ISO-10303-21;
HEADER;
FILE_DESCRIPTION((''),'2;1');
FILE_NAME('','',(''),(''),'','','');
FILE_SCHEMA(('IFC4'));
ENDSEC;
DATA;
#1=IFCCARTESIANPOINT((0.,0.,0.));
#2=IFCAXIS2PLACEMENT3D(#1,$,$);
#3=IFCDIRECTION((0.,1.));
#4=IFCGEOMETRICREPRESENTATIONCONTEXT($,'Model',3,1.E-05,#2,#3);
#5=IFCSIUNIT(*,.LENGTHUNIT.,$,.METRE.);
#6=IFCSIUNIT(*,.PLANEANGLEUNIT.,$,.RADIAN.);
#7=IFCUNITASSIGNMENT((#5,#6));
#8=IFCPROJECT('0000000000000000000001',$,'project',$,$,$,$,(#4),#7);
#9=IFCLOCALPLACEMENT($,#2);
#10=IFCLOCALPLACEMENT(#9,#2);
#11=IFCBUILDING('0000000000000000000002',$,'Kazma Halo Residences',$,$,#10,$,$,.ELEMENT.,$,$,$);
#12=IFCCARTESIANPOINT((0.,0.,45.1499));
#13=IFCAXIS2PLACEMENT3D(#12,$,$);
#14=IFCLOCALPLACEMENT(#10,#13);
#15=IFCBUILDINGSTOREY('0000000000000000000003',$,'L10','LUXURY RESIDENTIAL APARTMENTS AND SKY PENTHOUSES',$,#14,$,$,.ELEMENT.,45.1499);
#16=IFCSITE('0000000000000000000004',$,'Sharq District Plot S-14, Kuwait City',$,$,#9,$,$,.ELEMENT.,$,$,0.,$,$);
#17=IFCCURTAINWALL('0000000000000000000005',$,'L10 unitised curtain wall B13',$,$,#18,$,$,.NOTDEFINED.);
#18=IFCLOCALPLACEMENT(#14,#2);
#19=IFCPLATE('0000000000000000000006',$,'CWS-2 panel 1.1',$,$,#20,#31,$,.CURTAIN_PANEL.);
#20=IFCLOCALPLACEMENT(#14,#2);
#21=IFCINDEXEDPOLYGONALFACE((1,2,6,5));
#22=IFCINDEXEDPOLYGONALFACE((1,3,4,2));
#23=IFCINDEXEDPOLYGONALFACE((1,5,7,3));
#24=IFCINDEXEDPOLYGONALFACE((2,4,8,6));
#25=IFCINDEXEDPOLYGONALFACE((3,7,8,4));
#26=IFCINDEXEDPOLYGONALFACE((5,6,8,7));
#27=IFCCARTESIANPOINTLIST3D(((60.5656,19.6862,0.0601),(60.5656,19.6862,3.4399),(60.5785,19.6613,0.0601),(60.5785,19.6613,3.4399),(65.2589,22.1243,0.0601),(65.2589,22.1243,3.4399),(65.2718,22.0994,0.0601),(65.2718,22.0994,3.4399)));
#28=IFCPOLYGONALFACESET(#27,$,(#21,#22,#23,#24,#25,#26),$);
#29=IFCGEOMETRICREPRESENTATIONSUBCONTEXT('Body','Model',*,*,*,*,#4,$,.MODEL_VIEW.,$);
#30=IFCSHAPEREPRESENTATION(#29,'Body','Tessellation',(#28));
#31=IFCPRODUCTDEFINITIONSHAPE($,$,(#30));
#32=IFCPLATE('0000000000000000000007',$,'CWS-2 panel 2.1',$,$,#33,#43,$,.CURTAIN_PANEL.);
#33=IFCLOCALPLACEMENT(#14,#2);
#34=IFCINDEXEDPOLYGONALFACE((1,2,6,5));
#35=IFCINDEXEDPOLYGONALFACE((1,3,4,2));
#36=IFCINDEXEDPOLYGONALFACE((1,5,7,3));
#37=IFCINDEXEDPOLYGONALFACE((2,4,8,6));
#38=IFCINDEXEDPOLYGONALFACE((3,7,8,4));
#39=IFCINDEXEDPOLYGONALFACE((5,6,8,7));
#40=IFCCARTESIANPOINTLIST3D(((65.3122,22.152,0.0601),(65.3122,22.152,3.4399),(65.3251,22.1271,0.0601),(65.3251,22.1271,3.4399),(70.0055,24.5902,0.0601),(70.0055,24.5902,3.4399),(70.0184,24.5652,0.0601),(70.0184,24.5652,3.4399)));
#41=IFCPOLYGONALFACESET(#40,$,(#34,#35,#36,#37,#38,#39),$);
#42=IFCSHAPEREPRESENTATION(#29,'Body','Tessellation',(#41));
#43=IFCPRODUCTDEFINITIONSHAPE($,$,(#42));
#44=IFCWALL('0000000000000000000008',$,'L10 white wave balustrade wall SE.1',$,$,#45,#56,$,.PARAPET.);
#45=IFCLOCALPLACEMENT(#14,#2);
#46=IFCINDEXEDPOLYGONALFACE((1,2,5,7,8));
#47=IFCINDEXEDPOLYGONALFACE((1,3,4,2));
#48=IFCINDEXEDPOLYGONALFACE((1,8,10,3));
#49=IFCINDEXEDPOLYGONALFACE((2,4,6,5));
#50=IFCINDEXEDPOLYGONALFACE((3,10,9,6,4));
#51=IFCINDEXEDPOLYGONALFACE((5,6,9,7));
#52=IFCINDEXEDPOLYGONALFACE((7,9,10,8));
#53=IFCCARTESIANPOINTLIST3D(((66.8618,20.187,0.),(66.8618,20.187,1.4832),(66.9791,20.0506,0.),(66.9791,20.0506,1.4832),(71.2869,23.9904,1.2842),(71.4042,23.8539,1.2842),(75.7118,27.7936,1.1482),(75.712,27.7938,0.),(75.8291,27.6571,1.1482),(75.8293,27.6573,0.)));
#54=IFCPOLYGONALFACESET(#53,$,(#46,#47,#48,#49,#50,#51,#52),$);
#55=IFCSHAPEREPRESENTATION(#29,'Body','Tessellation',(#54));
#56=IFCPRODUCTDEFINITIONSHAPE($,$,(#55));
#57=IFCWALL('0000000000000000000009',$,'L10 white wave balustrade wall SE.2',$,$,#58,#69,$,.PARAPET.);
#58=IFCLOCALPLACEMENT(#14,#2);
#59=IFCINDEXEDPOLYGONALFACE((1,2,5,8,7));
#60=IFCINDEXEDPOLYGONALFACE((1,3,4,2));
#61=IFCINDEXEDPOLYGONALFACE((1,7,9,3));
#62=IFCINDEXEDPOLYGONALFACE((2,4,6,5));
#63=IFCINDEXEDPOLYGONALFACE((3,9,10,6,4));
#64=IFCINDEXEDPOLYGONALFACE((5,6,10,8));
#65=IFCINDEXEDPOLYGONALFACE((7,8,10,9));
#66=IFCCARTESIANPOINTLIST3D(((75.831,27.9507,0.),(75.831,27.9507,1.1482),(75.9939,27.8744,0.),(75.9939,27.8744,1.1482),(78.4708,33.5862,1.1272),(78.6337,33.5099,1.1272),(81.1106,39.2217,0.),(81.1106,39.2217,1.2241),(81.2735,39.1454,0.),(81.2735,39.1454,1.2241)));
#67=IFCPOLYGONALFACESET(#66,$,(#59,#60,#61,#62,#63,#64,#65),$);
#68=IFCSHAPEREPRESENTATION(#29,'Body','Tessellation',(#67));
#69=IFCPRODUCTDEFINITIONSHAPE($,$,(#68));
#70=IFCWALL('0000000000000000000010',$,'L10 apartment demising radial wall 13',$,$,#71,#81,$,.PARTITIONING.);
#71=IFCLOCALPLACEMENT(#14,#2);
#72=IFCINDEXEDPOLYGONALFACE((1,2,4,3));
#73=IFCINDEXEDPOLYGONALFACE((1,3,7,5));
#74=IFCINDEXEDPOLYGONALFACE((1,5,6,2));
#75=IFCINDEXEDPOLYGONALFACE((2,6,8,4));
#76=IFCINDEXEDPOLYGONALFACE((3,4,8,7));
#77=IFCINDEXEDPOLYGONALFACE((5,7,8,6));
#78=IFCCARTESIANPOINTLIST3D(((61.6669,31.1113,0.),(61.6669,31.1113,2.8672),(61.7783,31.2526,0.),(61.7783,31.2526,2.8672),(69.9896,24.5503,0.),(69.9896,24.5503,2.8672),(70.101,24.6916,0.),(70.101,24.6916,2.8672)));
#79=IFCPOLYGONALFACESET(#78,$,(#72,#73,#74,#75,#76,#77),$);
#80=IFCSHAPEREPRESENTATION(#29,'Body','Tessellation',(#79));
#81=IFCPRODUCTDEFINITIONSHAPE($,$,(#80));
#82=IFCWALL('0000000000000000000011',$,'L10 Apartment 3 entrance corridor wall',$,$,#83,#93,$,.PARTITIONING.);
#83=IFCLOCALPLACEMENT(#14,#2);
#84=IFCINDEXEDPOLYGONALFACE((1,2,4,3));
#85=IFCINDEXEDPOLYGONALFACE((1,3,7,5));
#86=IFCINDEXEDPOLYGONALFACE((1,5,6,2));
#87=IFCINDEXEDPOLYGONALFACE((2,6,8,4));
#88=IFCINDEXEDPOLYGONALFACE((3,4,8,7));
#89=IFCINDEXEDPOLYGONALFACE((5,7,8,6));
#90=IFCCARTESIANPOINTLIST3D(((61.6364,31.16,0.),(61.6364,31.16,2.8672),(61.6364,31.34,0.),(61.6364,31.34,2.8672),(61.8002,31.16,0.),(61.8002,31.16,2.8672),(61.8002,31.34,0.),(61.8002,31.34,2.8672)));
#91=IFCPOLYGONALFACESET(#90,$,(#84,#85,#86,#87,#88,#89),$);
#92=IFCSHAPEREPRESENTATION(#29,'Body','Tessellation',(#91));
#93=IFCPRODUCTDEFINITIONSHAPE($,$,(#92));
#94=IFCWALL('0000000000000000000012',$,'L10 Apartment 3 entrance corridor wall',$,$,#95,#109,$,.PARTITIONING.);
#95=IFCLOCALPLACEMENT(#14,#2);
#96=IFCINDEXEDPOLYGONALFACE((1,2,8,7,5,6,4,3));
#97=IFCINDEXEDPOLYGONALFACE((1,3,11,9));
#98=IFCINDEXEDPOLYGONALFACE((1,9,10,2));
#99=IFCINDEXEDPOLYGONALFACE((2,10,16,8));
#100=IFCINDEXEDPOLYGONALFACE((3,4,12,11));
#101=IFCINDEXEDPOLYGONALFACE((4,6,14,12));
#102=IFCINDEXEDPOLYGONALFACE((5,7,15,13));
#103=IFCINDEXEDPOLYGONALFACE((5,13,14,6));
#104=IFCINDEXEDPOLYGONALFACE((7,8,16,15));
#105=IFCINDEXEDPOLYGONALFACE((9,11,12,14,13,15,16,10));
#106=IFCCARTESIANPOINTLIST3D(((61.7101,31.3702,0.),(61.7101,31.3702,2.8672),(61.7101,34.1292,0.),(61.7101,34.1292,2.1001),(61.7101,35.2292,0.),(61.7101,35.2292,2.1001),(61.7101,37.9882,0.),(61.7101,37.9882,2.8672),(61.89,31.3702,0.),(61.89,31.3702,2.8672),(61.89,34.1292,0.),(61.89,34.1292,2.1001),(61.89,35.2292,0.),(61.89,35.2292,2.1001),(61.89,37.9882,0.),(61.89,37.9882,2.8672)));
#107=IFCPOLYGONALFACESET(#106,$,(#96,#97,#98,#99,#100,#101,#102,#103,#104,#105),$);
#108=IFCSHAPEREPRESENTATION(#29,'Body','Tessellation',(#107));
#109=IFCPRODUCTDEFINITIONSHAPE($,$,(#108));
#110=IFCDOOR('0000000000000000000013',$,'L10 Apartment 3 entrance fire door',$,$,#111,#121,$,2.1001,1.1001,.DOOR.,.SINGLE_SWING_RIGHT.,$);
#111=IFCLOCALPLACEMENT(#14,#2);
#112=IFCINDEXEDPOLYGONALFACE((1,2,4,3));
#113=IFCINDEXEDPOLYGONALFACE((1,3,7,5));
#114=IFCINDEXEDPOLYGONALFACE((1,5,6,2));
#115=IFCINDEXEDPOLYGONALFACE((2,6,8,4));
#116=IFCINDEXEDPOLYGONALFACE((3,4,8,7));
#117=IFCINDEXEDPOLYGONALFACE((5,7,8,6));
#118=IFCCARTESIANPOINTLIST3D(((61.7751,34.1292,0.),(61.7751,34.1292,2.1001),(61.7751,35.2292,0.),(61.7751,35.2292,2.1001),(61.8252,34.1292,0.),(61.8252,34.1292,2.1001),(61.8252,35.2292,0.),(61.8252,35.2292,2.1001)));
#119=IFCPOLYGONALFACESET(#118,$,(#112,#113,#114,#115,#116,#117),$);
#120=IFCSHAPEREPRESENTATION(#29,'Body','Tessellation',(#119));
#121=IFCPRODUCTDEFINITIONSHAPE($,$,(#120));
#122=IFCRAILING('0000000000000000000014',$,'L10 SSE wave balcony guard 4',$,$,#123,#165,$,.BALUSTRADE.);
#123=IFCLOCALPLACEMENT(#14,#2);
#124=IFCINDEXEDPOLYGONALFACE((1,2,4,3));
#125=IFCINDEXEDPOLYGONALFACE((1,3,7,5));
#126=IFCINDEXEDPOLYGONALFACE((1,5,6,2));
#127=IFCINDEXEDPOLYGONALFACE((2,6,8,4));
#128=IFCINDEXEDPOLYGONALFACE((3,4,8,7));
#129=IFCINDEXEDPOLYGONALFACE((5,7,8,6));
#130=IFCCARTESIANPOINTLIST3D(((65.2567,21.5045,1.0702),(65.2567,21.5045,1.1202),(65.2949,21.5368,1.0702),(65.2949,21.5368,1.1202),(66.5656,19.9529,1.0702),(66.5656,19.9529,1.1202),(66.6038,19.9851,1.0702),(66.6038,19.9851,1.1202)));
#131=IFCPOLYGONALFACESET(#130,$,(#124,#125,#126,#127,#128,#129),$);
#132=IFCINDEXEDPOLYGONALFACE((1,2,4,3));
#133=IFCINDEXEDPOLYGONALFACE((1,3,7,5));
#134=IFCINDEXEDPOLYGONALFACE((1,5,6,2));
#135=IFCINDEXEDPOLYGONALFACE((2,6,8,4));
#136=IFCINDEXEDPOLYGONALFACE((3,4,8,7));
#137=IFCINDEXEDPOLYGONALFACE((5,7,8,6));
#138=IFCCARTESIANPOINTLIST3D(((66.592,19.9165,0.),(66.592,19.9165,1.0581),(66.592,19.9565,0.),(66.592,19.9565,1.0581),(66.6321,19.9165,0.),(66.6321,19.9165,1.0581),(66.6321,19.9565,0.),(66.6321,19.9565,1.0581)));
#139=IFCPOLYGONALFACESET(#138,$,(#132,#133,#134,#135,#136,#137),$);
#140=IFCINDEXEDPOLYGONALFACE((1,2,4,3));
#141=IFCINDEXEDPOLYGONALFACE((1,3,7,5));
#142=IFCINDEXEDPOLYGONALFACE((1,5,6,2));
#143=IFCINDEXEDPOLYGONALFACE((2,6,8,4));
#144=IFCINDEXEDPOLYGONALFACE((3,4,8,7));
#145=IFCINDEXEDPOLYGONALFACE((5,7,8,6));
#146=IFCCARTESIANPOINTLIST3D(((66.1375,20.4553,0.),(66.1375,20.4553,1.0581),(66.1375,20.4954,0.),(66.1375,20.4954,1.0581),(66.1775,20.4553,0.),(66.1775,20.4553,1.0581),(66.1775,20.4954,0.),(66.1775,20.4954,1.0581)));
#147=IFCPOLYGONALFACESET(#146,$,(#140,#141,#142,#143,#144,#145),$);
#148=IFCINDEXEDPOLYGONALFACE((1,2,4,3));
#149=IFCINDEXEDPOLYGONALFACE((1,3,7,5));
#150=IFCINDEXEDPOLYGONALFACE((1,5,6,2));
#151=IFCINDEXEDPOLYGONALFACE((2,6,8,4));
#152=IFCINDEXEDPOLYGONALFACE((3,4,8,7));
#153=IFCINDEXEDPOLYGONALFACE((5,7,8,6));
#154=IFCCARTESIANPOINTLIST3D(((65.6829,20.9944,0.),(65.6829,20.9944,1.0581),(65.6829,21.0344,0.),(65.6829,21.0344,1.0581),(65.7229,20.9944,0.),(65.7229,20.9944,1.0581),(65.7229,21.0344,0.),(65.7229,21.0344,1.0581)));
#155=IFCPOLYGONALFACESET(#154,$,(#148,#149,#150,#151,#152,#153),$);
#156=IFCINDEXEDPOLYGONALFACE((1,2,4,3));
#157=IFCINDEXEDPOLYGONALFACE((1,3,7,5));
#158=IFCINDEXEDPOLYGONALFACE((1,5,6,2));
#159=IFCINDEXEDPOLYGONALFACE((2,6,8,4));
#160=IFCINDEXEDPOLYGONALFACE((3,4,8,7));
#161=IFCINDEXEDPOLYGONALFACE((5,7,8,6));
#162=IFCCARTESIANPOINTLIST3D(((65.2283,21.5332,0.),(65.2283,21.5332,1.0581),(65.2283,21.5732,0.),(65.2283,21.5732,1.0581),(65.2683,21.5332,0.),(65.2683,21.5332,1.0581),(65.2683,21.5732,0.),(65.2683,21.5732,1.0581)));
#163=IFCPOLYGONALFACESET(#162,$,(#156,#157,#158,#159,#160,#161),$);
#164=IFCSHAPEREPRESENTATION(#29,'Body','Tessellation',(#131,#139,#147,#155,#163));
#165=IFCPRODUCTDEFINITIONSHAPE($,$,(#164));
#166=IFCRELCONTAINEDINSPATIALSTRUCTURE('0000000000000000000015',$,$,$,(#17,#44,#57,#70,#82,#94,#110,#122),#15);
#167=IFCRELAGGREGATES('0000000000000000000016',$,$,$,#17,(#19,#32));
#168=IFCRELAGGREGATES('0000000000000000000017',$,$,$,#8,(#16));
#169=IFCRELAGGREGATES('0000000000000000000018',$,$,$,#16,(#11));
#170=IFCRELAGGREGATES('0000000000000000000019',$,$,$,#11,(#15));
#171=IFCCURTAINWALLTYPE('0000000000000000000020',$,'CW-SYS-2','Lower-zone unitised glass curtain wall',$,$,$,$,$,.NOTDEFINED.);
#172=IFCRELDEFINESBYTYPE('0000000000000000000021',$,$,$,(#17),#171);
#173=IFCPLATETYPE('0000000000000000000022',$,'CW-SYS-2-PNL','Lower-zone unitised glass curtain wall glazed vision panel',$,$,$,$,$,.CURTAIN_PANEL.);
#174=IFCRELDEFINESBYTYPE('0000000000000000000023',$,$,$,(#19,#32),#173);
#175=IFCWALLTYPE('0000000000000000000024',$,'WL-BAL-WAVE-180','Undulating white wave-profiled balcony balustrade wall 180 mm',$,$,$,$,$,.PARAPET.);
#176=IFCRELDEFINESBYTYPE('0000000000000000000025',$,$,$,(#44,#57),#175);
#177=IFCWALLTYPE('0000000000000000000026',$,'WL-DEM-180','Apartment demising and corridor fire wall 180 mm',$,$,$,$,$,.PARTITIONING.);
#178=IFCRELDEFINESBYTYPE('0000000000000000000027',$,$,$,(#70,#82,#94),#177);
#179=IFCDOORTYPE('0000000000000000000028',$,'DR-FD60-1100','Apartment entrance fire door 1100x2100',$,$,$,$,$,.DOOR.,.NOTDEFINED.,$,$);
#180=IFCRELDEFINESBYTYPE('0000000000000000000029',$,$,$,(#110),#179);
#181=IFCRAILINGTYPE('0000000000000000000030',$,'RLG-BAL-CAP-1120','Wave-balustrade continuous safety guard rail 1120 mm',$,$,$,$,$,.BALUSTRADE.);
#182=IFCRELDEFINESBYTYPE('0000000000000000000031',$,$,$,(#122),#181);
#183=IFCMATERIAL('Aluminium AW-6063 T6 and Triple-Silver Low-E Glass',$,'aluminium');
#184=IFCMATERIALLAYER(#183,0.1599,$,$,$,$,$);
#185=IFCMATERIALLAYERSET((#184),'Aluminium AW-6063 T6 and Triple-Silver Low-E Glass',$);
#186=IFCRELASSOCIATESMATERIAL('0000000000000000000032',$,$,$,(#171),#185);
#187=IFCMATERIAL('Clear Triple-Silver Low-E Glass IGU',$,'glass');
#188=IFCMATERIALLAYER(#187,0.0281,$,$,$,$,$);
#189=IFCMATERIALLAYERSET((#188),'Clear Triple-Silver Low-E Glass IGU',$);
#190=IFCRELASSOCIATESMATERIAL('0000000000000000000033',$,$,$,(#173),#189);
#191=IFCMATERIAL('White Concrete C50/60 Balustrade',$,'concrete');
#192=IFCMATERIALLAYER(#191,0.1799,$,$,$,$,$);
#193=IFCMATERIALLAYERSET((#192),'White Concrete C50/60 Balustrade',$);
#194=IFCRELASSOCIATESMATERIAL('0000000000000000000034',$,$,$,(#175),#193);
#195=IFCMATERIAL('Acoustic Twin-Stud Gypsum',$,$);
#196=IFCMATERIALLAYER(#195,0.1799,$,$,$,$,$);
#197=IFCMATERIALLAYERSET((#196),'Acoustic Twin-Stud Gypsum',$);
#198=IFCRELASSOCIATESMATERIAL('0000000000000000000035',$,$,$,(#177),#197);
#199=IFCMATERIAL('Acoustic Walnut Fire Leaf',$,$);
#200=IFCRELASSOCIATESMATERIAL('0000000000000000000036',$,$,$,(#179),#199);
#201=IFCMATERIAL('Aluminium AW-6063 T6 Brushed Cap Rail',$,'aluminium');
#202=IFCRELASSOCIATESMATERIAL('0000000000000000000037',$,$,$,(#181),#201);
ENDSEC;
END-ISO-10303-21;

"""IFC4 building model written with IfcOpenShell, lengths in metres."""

from ifc_helpers import new_model, si_unit, direction, frame, frame_2d, origin, origin_2d, place, context, subcontext, project, spatial, polyline, rectangle, outline, extrude, material, layer, layer_set, type_object, element, fill, aggregate, save


model = new_model("IFC4")

# Units and contexts
model_context = context("Model", 3, precision=1e-05, world=origin(), true_north=direction((0.0, 1.0)))
body_context = subcontext(model_context, "Body", "Model", "MODEL_VIEW")
ifc_project = project(units=[si_unit("LENGTHUNIT", "METRE"), si_unit("PLANEANGLEUNIT", "RADIAN")], contexts=[model_context])

# Site, building, storey
site_placement = place(None, origin())
site = spatial("IfcSite", under=ifc_project, at=site_placement, Name="Sharq District Plot S-14, Kuwait City", CompositionType="ELEMENT", RefElevation=0.0)
building_placement = place(site_placement, origin())
building = spatial("IfcBuilding", under=site, at=building_placement, Name="Kazma Halo Residences", CompositionType="ELEMENT")
storey_placement = place(building_placement, frame((0.0, 0.0, 45.1499)))
storey = spatial("IfcBuildingStorey", under=building, at=storey_placement, Name="L10", Description="LUXURY RESIDENTIAL APARTMENTS AND SKY PENTHOUSES", CompositionType="ELEMENT", Elevation=45.1499)

# Curtain wall
ifc_material_1 = material(Name="Aluminium AW-6063 T6 and Triple-Silver Low-E Glass", Category="aluminium")
ifc_layer_1 = layer(ifc_material_1, 0.1599)
ifc_layer_set_1 = layer_set([ifc_layer_1], Name="Aluminium AW-6063 T6 and Triple-Silver Low-E Glass")
curtain_wall_type = type_object("IfcCurtainWallType", Name="CW-SYS-2", Description="Lower-zone unitised glass curtain wall", PredefinedType="NOTDEFINED", material=ifc_layer_set_1)
curtain_wall_1_placement = place(storey_placement, origin())
curtain_wall_1 = element("IfcCurtainWall", 1, at=curtain_wall_1_placement, inside=storey, type_object=curtain_wall_type, Name="L10 unitised curtain wall B13", PredefinedType="NOTDEFINED")

# Plates
ifc_material_2 = material(Name="Clear Triple-Silver Low-E Glass IGU", Category="glass")
ifc_layer_2 = layer(ifc_material_2, 0.0281)
ifc_layer_set_2 = layer_set([ifc_layer_2], Name="Clear Triple-Silver Low-E Glass IGU")
plate_type = type_object("IfcPlateType", Name="CW-SYS-2-PNL", Description="Lower-zone unitised glass curtain wall glazed vision panel", PredefinedType="CURTAIN_PANEL", material=ifc_layer_set_2)
plate_1_placement = place(storey_placement, frame((62.9187, 20.8928, 0.0601), z_axis=(0.0, 0.0, 1.0), x_axis=(0.887402, 0.460996, 0.0)))
plate_1 = element("IfcPlate", 2, at=plate_1_placement, type_object=plate_type, Name="CWS-2 panel 1.1", PredefinedType="CURTAIN_PANEL", context=body_context, shape_type="SweptSolid", body=[
    extrude(rectangle(XDim=5.2888, YDim=0.0281, at=origin_2d()), origin(), (0.0, 0.0, 1.0), 3.3799),
])
plate_2_placement = place(storey_placement, frame((67.6653, 23.3586, 0.0601), z_axis=(0.0, 0.0, 1.0), x_axis=(0.887402, 0.460996, 0.0)))
plate_2 = element("IfcPlate", 3, at=plate_2_placement, type_object=plate_type, Name="CWS-2 panel 2.1", PredefinedType="CURTAIN_PANEL", context=body_context, shape_type="SweptSolid", body=[
    extrude(rectangle(XDim=5.2888, YDim=0.0281, at=origin_2d()), origin(), (0.0, 0.0, 1.0), 3.3799),
])
aggregate(curtain_wall_1, [plate_1, plate_2])

# Walls
ifc_material_3 = material(Name="White Concrete C50/60 Balustrade", Category="concrete")
ifc_layer_3 = layer(ifc_material_3, 0.1799)
ifc_layer_set_3 = layer_set([ifc_layer_3], Name="White Concrete C50/60 Balustrade")
wall_type_1 = type_object("IfcWallType", Name="WL-BAL-WAVE-180", Description="Undulating white wave-profiled balcony balustrade wall 180 mm", PredefinedType="PARAPET", material=ifc_layer_set_3)
wall_1_placement = place(storey_placement, frame((66.9204, 20.1189, 0.0), z_axis=(0.0, 0.0, 1.0), x_axis=(0.758371, 0.651823, 0.0)))
element("IfcWall", 4, at=wall_1_placement, inside=storey, type_object=wall_type_1, Name="L10 white wave balustrade wall SE.1", PredefinedType="PARAPET", context=body_context, shape_type="SweptSolid", body=[
    extrude(outline(polyline([(0.0, 0.0), (11.6699, 0.0), (11.6697, 1.1482), (5.835, 1.2842), (0.0, 1.4832), (0.0, 0.0)])), frame((0.0, 0.0898, 0.0), z_axis=(0.0, -1.0, 0.0), x_axis=(1.0, 0.0, 0.0)), (0.0, 0.0, 1.0), 0.1799),
])
wall_2_placement = place(storey_placement, frame((75.9124, 27.9126, 0.0), z_axis=(0.0, 0.0, 1.0), x_axis=(0.424188, 0.905574, 0.0)))
element("IfcWall", 5, at=wall_2_placement, inside=storey, type_object=wall_type_1, Name="L10 white wave balustrade wall SE.2", PredefinedType="PARAPET", context=body_context, shape_type="SweptSolid", body=[
    extrude(outline(polyline([(0.0, 0.0), (12.4463, 0.0), (12.4463, 1.2241), (6.2231, 1.1272), (0.0, 1.1482), (0.0, 0.0)])), frame((0.0, 0.0898, 0.0), z_axis=(0.0, -1.0, 0.0), x_axis=(1.0, 0.0, 0.0)), (0.0, 0.0, 1.0), 0.1799),
])
ifc_material_4 = material(Name="Acoustic Twin-Stud Gypsum")
ifc_layer_4 = layer(ifc_material_4, 0.1799)
ifc_layer_set_4 = layer_set([ifc_layer_4], Name="Acoustic Twin-Stud Gypsum")
wall_type_2 = type_object("IfcWallType", Name="WL-DEM-180", Description="Apartment demising and corridor fire wall 180 mm", PredefinedType="PARTITIONING", material=ifc_layer_set_4)
wall_3_placement = place(storey_placement, frame((61.7227, 31.1819, 0.0), z_axis=(0.0, 0.0, 1.0), x_axis=(0.785321, -0.619088, 0.0)))
element("IfcWall", 6, at=wall_3_placement, inside=storey, type_object=wall_type_2, Name="L10 apartment demising radial wall 13", PredefinedType="PARTITIONING", context=body_context, shape_type="SweptSolid", body=[
    extrude(rectangle(XDim=10.5979, YDim=0.1799, at=frame_2d((5.2988, 0.0))), origin(), (0.0, 0.0, 1.0), 2.8672),
])
wall_4_placement = place(storey_placement, frame((61.6362, 31.25, 0.0), z_axis=(0.0, 0.0, 1.0), x_axis=(1.0, 0.0, 0.0)))
element("IfcWall", 7, at=wall_4_placement, inside=storey, type_object=wall_type_2, Name="L10 Apartment 3 entrance corridor wall", PredefinedType="PARTITIONING", context=body_context, shape_type="SweptSolid", body=[
    extrude(rectangle(XDim=0.1638, YDim=0.1799, at=frame_2d((0.082, 0.0))), origin(), (0.0, 0.0, 1.0), 2.8672),
])

# Wall, opening, door
wall_5_placement = place(storey_placement, frame((61.8, 31.3701, 0.0), z_axis=(0.0, 0.0, 1.0), x_axis=(0.0, 1.0, 0.0)))
wall_5 = element("IfcWall", 8, at=wall_5_placement, inside=storey, type_object=wall_type_2, Name="L10 Apartment 3 entrance corridor wall", PredefinedType="PARTITIONING", context=body_context, shape_type="SweptSolid", body=[
    extrude(rectangle(XDim=6.6179, YDim=0.1799, at=frame_2d((3.3091, 0.0))), origin(), (0.0, 0.0, 1.0), 2.8672),
])
opening_1_placement = place(wall_5_placement, frame((2.759, 0.0, 0.0)))
opening_1 = element("IfcOpeningElement", 9, at=opening_1_placement, cuts=wall_5, PredefinedType="OPENING", context=body_context, shape_type="SweptSolid", body=[
    extrude(rectangle(XDim=1.1001, YDim=2.1001, at=frame_2d((0.55, 1.05))), frame((0.0, 0.0999, 0.0), z_axis=(0.0, -1.0, 0.0), x_axis=(1.0, 0.0, 0.0)), (0.0, 0.0, 1.0), 0.2),
])
ifc_material_5 = material(Name="Acoustic Walnut Fire Leaf")
door_type_1 = type_object("IfcDoorType", Name="DR-FD60-1100", Description="Apartment entrance fire door 1100x2100", OperationType="NOTDEFINED", PredefinedType="DOOR", material=ifc_material_5)
door_1_placement = place(opening_1_placement, origin())
door_1 = element("IfcDoor", 10, at=door_1_placement, inside=storey, type_object=door_type_1, Name="L10 Apartment 3 entrance fire door", OperationType="SINGLE_SWING_RIGHT", OverallHeight=2.1001, OverallWidth=1.1001, PredefinedType="DOOR", context=body_context, shape_type="SweptSolid", body=[
    extrude(rectangle(XDim=1.1001, YDim=2.1001, at=frame_2d((0.55, 1.05))), frame((0.0, 0.0249, 0.0), z_axis=(0.0, -1.0, 0.0), x_axis=(1.0, 0.0, 0.0)), (0.0, 0.0, 1.0), 0.05),
])
fill(opening_1, door_1)

# Railing
ifc_material_6 = material(Name="Aluminium AW-6063 T6 Brushed Cap Rail", Category="aluminium")
railing_type = type_object("IfcRailingType", Name="RLG-BAL-CAP-1120", Description="Wave-balustrade continuous safety guard rail 1120 mm", PredefinedType="BALUSTRADE", material=ifc_material_6)
railing_1_placement = place(storey_placement, frame((66.6121, 19.9365, 0.0)))
element("IfcRailing", 11, at=railing_1_placement, inside=storey, type_object=railing_type, Name="L10 SSE wave balcony guard 4", PredefinedType="BALUSTRADE", context=body_context, shape_type="SweptSolid", body=[
    extrude(rectangle(XDim=0.05, YDim=0.05, at=origin_2d()), frame((-0.0273, 0.0325, 1.0952), z_axis=(-0.644782, 0.764366, 0.0), x_axis=(-0.764366, -0.644782, 0.0)), (0.0, 0.0, 1.0), 2.03),
    extrude(rectangle(XDim=0.04, YDim=0.04, at=origin_2d()), origin(), (0.0, 0.0, 1.0), 1.0581),
    extrude(rectangle(XDim=0.04, YDim=0.04, at=origin_2d()), frame((-0.4546, 0.5388, 0.0)), (0.0, 0.0, 1.0), 1.0581),
    extrude(rectangle(XDim=0.04, YDim=0.04, at=origin_2d()), frame((-0.9092, 1.0779, 0.0)), (0.0, 0.0, 1.0), 1.0581),
    extrude(rectangle(XDim=0.04, YDim=0.04, at=origin_2d()), frame((-1.3638, 1.6167, 0.0)), (0.0, 0.0, 1.0), 1.0581),
])

save(model, "model.ifc")
